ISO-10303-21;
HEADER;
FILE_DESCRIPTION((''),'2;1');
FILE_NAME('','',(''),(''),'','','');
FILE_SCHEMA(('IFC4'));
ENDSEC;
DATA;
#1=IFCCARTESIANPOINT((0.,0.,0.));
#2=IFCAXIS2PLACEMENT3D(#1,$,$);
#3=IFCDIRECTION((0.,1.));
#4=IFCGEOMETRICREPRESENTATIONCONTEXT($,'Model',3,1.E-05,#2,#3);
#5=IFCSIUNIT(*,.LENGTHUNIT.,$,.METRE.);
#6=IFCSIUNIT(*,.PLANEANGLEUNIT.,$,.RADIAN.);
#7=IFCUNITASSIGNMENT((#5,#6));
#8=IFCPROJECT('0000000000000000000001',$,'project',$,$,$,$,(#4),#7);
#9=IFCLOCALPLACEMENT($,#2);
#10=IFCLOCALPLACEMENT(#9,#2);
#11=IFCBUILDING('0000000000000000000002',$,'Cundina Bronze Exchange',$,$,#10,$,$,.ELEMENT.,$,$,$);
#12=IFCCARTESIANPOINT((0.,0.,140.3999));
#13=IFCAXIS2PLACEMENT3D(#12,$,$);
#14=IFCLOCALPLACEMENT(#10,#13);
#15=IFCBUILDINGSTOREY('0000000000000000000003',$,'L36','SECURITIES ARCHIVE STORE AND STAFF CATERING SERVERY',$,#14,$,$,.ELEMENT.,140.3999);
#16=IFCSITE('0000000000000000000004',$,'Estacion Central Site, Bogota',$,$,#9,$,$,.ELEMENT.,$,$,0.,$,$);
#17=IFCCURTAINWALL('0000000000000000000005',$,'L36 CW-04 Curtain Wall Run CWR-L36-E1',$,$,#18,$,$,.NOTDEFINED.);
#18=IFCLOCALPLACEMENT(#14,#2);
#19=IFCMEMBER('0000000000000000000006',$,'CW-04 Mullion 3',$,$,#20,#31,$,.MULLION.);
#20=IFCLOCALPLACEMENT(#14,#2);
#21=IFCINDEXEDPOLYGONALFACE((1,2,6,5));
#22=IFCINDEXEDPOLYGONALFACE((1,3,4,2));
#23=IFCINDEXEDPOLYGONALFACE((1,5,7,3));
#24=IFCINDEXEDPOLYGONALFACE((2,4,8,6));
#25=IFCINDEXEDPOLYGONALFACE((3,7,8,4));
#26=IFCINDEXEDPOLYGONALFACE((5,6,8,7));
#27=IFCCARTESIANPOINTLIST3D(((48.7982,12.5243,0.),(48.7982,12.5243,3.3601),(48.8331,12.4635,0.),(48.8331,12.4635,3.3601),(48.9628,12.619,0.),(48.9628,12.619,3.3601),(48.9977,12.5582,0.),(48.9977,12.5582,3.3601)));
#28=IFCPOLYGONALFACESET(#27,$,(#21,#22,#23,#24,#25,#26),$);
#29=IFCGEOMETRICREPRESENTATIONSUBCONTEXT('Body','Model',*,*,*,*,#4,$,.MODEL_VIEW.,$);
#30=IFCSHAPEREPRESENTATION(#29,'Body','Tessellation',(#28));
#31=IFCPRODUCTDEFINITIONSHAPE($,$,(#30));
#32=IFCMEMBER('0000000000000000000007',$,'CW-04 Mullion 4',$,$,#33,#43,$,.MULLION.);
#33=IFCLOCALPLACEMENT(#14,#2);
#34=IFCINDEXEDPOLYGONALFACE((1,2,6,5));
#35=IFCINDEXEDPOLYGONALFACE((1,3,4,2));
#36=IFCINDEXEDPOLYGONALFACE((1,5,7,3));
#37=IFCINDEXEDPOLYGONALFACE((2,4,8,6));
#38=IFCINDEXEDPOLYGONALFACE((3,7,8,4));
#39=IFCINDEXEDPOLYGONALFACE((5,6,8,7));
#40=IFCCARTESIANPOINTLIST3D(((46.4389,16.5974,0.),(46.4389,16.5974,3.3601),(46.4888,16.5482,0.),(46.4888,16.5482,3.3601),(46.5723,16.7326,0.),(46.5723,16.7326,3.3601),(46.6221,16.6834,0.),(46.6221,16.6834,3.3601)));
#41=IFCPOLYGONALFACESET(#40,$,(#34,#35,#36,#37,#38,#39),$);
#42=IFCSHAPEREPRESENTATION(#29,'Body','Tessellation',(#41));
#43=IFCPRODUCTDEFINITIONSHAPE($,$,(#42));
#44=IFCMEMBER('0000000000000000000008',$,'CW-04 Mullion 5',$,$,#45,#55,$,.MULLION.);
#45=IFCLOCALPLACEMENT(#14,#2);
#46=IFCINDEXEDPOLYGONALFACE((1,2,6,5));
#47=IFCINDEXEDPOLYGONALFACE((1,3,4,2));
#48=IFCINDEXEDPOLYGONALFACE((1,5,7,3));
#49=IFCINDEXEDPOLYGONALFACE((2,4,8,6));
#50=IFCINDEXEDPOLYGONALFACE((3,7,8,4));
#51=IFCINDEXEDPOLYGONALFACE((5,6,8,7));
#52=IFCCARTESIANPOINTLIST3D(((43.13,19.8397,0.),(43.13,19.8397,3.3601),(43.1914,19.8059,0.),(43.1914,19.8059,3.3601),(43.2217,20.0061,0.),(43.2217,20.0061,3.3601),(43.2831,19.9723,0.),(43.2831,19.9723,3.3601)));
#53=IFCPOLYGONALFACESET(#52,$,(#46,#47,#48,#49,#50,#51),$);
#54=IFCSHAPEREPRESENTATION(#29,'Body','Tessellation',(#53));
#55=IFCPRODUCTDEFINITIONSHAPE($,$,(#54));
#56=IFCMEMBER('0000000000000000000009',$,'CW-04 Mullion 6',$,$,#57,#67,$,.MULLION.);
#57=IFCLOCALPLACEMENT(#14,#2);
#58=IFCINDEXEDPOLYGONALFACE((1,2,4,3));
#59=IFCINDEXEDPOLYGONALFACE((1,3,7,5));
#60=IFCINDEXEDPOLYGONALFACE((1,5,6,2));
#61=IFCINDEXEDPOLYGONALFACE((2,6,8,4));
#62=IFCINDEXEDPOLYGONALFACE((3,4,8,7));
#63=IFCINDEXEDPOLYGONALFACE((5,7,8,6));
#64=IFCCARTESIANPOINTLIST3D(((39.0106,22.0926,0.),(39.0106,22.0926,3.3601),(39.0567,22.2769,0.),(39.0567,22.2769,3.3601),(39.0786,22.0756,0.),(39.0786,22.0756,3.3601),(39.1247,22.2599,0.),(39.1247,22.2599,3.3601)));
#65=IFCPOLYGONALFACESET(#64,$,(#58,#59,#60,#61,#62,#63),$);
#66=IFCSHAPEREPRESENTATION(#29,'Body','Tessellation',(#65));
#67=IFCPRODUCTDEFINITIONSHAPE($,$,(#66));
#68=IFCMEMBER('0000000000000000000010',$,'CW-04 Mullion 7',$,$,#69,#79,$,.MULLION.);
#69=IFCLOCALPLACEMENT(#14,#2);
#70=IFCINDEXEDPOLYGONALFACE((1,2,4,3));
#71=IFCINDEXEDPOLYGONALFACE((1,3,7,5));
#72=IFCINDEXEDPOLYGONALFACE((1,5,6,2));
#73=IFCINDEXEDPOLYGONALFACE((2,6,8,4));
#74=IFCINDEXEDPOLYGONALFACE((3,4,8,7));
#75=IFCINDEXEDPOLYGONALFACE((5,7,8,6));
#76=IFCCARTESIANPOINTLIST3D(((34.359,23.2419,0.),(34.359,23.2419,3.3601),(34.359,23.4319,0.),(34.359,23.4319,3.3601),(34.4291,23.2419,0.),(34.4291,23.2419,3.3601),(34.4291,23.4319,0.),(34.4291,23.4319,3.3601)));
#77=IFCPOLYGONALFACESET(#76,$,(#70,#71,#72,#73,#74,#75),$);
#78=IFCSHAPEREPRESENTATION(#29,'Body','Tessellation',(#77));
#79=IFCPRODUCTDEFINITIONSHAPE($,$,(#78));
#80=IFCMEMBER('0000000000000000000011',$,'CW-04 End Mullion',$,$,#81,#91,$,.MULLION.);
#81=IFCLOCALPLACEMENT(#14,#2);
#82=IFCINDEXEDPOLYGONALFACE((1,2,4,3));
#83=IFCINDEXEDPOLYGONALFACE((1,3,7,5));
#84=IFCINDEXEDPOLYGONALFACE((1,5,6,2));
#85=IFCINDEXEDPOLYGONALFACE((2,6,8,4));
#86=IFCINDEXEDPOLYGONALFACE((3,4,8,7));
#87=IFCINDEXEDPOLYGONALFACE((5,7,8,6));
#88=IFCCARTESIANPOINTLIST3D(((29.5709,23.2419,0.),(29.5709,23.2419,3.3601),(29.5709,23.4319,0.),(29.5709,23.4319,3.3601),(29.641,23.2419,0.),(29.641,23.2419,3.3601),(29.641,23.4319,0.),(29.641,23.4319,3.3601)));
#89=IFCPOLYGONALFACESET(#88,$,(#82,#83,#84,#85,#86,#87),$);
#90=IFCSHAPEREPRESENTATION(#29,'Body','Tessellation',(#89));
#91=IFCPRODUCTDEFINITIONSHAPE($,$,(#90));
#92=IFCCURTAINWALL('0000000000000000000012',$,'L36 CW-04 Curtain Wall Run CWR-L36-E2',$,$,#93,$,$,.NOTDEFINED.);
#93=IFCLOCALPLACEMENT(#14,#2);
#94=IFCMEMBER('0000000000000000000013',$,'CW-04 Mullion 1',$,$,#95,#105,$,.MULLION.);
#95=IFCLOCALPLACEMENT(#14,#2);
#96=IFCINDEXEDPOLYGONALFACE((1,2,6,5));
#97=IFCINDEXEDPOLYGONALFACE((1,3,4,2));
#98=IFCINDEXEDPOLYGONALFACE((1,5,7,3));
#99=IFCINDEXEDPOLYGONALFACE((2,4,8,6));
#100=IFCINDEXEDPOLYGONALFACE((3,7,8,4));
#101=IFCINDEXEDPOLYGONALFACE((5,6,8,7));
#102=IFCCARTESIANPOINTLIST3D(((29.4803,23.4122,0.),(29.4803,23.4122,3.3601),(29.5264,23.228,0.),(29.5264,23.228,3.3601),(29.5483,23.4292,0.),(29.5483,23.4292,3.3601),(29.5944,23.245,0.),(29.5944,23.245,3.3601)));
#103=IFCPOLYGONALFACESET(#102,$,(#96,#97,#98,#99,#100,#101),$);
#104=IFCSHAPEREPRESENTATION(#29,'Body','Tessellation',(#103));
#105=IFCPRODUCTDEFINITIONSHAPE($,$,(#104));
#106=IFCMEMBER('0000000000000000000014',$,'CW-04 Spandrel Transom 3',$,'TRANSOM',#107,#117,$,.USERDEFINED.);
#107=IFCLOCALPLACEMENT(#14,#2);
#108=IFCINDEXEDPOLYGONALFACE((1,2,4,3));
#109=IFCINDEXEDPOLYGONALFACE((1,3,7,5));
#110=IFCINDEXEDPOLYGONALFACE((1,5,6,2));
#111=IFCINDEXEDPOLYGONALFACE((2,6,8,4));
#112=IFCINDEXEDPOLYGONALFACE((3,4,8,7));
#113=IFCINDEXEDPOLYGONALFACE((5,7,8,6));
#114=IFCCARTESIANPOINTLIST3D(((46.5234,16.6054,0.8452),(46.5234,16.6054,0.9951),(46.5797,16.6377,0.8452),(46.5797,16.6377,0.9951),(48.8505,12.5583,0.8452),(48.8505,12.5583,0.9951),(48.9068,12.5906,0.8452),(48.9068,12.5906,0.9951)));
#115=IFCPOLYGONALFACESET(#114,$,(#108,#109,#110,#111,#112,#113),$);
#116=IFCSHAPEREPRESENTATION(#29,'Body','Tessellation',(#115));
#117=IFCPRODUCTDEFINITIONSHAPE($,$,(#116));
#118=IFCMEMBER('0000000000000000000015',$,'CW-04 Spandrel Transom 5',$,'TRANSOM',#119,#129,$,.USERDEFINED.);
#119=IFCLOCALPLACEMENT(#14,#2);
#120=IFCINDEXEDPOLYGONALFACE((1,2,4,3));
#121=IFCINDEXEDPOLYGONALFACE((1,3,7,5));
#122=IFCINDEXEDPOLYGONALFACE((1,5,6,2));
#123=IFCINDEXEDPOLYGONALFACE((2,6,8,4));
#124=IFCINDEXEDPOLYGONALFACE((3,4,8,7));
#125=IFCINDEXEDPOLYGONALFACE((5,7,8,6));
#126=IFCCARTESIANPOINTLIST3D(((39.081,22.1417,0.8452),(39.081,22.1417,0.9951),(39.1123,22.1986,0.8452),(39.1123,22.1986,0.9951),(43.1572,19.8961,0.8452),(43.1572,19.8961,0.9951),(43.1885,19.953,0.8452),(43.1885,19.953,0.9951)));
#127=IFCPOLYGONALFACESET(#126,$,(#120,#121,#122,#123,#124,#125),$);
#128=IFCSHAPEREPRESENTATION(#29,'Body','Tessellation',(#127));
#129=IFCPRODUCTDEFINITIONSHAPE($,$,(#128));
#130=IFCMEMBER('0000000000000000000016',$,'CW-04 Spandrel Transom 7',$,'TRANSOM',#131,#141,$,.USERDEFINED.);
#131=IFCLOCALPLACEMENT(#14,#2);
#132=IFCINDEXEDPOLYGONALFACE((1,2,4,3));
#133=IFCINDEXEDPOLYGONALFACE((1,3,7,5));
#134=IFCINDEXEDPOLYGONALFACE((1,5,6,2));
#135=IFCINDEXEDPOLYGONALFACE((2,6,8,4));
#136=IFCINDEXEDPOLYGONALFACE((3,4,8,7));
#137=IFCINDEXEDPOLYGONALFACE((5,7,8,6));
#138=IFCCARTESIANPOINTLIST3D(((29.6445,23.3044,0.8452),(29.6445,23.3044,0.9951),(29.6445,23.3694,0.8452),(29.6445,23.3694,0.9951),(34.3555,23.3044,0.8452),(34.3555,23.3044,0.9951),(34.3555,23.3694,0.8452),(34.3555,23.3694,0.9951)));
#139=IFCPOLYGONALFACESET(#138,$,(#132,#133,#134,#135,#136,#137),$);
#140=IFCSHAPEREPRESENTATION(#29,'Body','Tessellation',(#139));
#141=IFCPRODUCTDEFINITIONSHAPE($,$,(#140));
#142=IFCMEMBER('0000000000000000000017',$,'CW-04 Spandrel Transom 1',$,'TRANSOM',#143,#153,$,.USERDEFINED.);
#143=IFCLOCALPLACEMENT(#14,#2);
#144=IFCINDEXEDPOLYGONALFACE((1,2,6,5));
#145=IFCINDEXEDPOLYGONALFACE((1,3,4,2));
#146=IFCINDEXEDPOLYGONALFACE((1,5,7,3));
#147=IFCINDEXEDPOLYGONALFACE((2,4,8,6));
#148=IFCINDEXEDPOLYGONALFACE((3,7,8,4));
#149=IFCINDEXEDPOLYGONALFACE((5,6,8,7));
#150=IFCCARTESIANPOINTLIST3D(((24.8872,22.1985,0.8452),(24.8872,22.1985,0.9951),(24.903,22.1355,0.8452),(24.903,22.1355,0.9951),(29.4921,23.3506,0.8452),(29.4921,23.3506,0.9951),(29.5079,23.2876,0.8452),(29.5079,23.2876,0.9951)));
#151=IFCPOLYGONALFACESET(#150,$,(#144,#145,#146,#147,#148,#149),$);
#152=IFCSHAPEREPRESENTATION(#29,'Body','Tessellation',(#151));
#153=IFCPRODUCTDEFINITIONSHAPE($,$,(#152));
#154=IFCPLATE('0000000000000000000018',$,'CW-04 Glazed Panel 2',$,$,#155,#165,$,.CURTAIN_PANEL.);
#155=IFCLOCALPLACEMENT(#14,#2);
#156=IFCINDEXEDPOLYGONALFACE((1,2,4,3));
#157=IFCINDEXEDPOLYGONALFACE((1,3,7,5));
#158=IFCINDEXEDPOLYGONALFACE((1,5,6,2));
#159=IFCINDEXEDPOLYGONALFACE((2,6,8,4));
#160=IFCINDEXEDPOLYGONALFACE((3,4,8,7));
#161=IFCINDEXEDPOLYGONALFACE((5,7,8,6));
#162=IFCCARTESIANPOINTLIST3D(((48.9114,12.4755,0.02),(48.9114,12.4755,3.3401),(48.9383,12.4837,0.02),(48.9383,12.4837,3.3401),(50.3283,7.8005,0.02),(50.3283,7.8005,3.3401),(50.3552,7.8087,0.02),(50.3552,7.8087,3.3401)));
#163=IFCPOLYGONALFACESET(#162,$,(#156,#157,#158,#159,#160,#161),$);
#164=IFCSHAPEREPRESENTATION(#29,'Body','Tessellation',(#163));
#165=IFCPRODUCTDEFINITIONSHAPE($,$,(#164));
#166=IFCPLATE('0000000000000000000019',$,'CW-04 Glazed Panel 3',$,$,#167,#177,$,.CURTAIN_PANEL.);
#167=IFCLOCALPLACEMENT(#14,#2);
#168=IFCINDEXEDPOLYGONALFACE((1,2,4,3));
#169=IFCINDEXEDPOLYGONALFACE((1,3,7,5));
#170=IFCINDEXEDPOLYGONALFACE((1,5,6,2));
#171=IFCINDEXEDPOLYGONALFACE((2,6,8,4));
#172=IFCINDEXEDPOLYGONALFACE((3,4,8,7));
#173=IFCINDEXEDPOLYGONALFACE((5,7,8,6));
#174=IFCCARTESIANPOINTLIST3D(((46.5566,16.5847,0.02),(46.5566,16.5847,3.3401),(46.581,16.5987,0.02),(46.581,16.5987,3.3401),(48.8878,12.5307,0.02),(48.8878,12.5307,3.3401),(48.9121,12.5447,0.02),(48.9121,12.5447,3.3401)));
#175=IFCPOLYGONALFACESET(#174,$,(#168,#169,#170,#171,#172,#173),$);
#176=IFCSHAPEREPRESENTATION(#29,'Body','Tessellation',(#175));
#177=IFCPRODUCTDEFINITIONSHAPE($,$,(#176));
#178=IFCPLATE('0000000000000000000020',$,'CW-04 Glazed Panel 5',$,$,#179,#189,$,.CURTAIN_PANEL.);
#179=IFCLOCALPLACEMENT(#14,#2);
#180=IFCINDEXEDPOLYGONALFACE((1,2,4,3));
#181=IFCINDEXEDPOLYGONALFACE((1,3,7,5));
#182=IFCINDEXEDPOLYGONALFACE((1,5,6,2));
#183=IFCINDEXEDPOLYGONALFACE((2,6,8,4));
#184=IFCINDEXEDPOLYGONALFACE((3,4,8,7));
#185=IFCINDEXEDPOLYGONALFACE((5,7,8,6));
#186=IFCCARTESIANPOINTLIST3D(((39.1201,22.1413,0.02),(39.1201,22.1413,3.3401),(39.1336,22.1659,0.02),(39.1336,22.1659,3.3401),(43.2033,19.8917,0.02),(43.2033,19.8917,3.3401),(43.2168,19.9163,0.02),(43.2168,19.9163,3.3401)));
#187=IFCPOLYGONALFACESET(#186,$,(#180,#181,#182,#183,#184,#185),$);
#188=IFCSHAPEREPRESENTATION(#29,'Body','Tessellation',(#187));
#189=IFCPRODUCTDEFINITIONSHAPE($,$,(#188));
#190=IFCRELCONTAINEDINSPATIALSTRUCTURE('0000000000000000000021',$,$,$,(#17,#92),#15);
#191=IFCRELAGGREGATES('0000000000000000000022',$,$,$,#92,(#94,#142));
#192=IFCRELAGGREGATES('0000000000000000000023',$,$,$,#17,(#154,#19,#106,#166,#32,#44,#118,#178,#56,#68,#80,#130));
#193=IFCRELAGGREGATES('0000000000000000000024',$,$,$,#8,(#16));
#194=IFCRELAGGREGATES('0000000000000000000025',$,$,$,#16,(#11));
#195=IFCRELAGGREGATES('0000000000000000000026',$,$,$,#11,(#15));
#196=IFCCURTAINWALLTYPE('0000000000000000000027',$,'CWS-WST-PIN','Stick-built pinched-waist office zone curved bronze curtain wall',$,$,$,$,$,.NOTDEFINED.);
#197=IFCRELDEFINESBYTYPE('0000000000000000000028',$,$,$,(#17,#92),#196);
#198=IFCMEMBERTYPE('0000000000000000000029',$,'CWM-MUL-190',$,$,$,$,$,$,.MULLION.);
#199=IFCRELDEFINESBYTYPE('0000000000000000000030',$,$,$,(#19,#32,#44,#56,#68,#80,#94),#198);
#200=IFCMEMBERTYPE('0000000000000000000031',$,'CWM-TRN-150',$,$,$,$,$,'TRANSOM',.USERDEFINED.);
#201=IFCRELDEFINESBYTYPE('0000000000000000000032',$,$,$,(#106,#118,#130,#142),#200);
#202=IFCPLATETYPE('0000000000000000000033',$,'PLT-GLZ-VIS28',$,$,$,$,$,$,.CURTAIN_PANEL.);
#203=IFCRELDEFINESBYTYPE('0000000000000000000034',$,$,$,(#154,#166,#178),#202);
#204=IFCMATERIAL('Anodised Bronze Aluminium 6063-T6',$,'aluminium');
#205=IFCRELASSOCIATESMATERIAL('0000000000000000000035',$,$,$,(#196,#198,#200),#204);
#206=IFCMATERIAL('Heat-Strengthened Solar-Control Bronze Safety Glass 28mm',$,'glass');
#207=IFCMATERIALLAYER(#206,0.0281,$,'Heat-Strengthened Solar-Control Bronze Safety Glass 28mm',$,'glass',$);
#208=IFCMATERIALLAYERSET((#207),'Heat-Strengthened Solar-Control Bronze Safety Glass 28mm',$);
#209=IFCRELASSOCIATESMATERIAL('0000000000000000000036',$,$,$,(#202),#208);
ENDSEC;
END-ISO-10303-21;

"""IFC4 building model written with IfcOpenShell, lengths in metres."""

from ifc_helpers import new_model, si_unit, direction, frame, origin, origin_2d, place, context, subcontext, project, spatial, rectangle, extrude, material, layer, layer_set, material_profile, profile_set, type_object, element, aggregate, save


model = new_model("IFC4")

# Units and contexts
model_context = context("Model", 3, precision=1e-05, world=origin(), true_north=direction((0.0, 1.0)))
body_context = subcontext(model_context, "Body", "Model", "MODEL_VIEW")
ifc_project = project(units=[si_unit("LENGTHUNIT", "METRE"), si_unit("PLANEANGLEUNIT", "RADIAN")], contexts=[model_context])

# Site, building, storey
site_placement = place(None, origin())
site = spatial("IfcSite", under=ifc_project, at=site_placement, Name="Estacion Central Site, Bogota", CompositionType="ELEMENT", RefElevation=0.0)
building_placement = place(site_placement, origin())
building = spatial("IfcBuilding", under=site, at=building_placement, Name="Cundina Bronze Exchange", CompositionType="ELEMENT")
storey_placement = place(building_placement, frame((0.0, 0.0, 140.3999)))
storey = spatial("IfcBuildingStorey", under=building, at=storey_placement, Name="L36", Description="SECURITIES ARCHIVE STORE AND STAFF CATERING SERVERY", CompositionType="ELEMENT", Elevation=140.3999)

# Curtain wall, members
ifc_material_1 = material(Name="Anodised Bronze Aluminium 6063-T6", Category="aluminium")
curtain_wall_type = type_object("IfcCurtainWallType", Name="CWS-WST-PIN", Description="Stick-built pinched-waist office zone curved bronze curtain wall", PredefinedType="NOTDEFINED", material=ifc_material_1)
curtain_wall_1_placement = place(storey_placement, origin())
curtain_wall_1 = element("IfcCurtainWall", 1, at=curtain_wall_1_placement, inside=storey, type_object=curtain_wall_type, Name="L36 CW-04 Curtain Wall Run CWR-L36-E1", PredefinedType="NOTDEFINED")
ifc_material_profile_1 = material_profile(ifc_material_1, rectangle(XDim=0.0701, YDim=0.1899, at=origin_2d()), Name="AL70X190", Category="aluminium")
ifc_profile_set_1 = profile_set([ifc_material_profile_1], Name="Anodised Bronze Aluminium 6063-T6")
member_type_1 = type_object("IfcMemberType", Name="CWM-MUL-190", PredefinedType="MULLION", material=ifc_profile_set_1)
member_1_placement = place(storey_placement, frame((48.8979, 12.5413, 0.0), z_axis=(0.0, 0.0, 1.0), x_axis=(-0.498488, 0.866897, 0.0)))
member_1 = element("IfcMember", 2, at=member_1_placement, type_object=member_type_1, Name="CW-04 Mullion 3", PredefinedType="MULLION", context=body_context, shape_type="SweptSolid", body=[
    extrude(rectangle(XDim=0.0701, YDim=0.1899, at=origin_2d()), origin(), (0.0, 0.0, 1.0), 3.3601),
])
member_2_placement = place(storey_placement, frame((46.5305, 16.6404, 0.0), z_axis=(0.0, 0.0, 1.0), x_axis=(-0.712026, 0.702153, 0.0)))
member_2 = element("IfcMember", 3, at=member_2_placement, type_object=member_type_1, Name="CW-04 Mullion 4", PredefinedType="MULLION", context=body_context, shape_type="SweptSolid", body=[
    extrude(rectangle(XDim=0.0701, YDim=0.1899, at=origin_2d()), origin(), (0.0, 0.0, 1.0), 3.3601),
])
member_3_placement = place(storey_placement, frame((43.2065, 19.906, 0.0), z_axis=(0.0, 0.0, 1.0), x_axis=(-0.875886, 0.482518, 0.0)))
member_3 = element("IfcMember", 4, at=member_3_placement, type_object=member_type_1, Name="CW-04 Mullion 5", PredefinedType="MULLION", context=body_context, shape_type="SweptSolid", body=[
    extrude(rectangle(XDim=0.0701, YDim=0.1899, at=origin_2d()), origin(), (0.0, 0.0, 1.0), 3.3601),
])
member_4_placement = place(storey_placement, frame((39.0676, 22.1763, 0.0), z_axis=(0.0, 0.0, 1.0), x_axis=(-0.970084, 0.242769, 0.0)))
member_4 = element("IfcMember", 5, at=member_4_placement, type_object=member_type_1, Name="CW-04 Mullion 6", PredefinedType="MULLION", context=body_context, shape_type="SweptSolid", body=[
    extrude(rectangle(XDim=0.0701, YDim=0.1899, at=origin_2d()), origin(), (0.0, 0.0, 1.0), 3.3601),
])
member_5_placement = place(storey_placement, frame((34.394, 23.3369, 0.0), z_axis=(0.0, 0.0, 1.0), x_axis=(-1.0, 0.0, 0.0)))
member_5 = element("IfcMember", 6, at=member_5_placement, type_object=member_type_1, Name="CW-04 Mullion 7", PredefinedType="MULLION", context=body_context, shape_type="SweptSolid", body=[
    extrude(rectangle(XDim=0.0701, YDim=0.1899, at=origin_2d()), origin(), (0.0, 0.0, 1.0), 3.3601),
])
member_6_placement = place(storey_placement, frame((29.606, 23.3369, 0.0), z_axis=(0.0, 0.0, 1.0), x_axis=(-1.0, 0.0, 0.0)))
member_6 = element("IfcMember", 7, at=member_6_placement, type_object=member_type_1, Name="CW-04 End Mullion", PredefinedType="MULLION", context=body_context, shape_type="SweptSolid", body=[
    extrude(rectangle(XDim=0.0701, YDim=0.1899, at=origin_2d()), origin(), (0.0, 0.0, 1.0), 3.3601),
])

# Curtain wall, member
curtain_wall_2_placement = place(storey_placement, origin())
curtain_wall_2 = element("IfcCurtainWall", 8, at=curtain_wall_2_placement, inside=storey, type_object=curtain_wall_type, Name="L36 CW-04 Curtain Wall Run CWR-L36-E2", PredefinedType="NOTDEFINED")
member_7_placement = place(storey_placement, frame((29.5374, 23.3286, 0.0), z_axis=(0.0, 0.0, 1.0), x_axis=(-0.970084, -0.242769, 0.0)))
member_7 = element("IfcMember", 9, at=member_7_placement, type_object=member_type_1, Name="CW-04 Mullion 1", PredefinedType="MULLION", context=body_context, shape_type="SweptSolid", body=[
    extrude(rectangle(XDim=0.0701, YDim=0.1899, at=origin_2d()), origin(), (0.0, 0.0, 1.0), 3.3601),
])

# Members
ifc_material_profile_2 = material_profile(ifc_material_1, rectangle(XDim=0.0649, YDim=0.1499, at=origin_2d()), Name="AL65X150", Category="aluminium")
ifc_profile_set_2 = profile_set([ifc_material_profile_2], Name="Anodised Bronze Aluminium 6063-T6")
member_type_2 = type_object("IfcMemberType", Name="CWM-TRN-150", ElementType="TRANSOM", PredefinedType="USERDEFINED", material=ifc_profile_set_2)
member_8_placement = place(storey_placement, frame((48.8787, 12.5745, 0.9202), z_axis=(-0.49848, 0.866901, 0.0), x_axis=(-0.866901, -0.49848, 0.0)))
member_8 = element("IfcMember", 10, at=member_8_placement, type_object=member_type_2, Name="CW-04 Spandrel Transom 3", ObjectType="TRANSOM", PredefinedType="USERDEFINED", context=body_context, shape_type="SweptSolid", body=[
    extrude(rectangle(XDim=0.0649, YDim=0.1499, at=origin_2d()), origin(), (0.0, 0.0, 1.0), 4.6685),
])
member_9_placement = place(storey_placement, frame((43.1729, 19.9246, 0.9202), z_axis=(-0.875879, 0.482531, 0.0), x_axis=(-0.482531, -0.875879, 0.0)))
member_9 = element("IfcMember", 11, at=member_9_placement, type_object=member_type_2, Name="CW-04 Spandrel Transom 5", ObjectType="TRANSOM", PredefinedType="USERDEFINED", context=body_context, shape_type="SweptSolid", body=[
    extrude(rectangle(XDim=0.0649, YDim=0.1499, at=origin_2d()), origin(), (0.0, 0.0, 1.0), 4.6538),
])
member_10_placement = place(storey_placement, frame((34.3555, 23.3369, 0.9202), z_axis=(-1.0, 0.0, 0.0), x_axis=(0.0, -1.0, 0.0)))
member_10 = element("IfcMember", 12, at=member_10_placement, type_object=member_type_2, Name="CW-04 Spandrel Transom 7", ObjectType="TRANSOM", PredefinedType="USERDEFINED", context=body_context, shape_type="SweptSolid", body=[
    extrude(rectangle(XDim=0.0649, YDim=0.1499, at=origin_2d()), origin(), (0.0, 0.0, 1.0), 4.7109),
])
member_11_placement = place(storey_placement, frame((29.5, 23.3191, 0.9202), z_axis=(-0.9701, -0.242705, 0.0), x_axis=(0.242705, -0.9701, 0.0)))
member_11 = element("IfcMember", 13, at=member_11_placement, type_object=member_type_2, Name="CW-04 Spandrel Transom 1", ObjectType="TRANSOM", PredefinedType="USERDEFINED", context=body_context, shape_type="SweptSolid", body=[
    extrude(rectangle(XDim=0.0649, YDim=0.1499, at=origin_2d()), origin(), (0.0, 0.0, 1.0), 4.7468),
])
aggregate(curtain_wall_2, [member_7, member_11])

# Plates
ifc_material_2 = material(Name="Heat-Strengthened Solar-Control Bronze Safety Glass 28mm", Category="glass")
ifc_layer_1 = layer(ifc_material_2, 0.0281, Name="Heat-Strengthened Solar-Control Bronze Safety Glass 28mm", Category="glass")
ifc_layer_set_1 = layer_set([ifc_layer_1], Name="Heat-Strengthened Solar-Control Bronze Safety Glass 28mm")
plate_type_1 = type_object("IfcPlateType", Name="PLT-GLZ-VIS28", PredefinedType="CURTAIN_PANEL", material=ifc_layer_set_1)
plate_1_placement = place(storey_placement, frame((49.6333, 10.1421, 0.02), z_axis=(0.0, 0.0, 1.0), x_axis=(-0.290051, 0.957011, 0.0)))
plate_1 = element("IfcPlate", 14, at=plate_1_placement, type_object=plate_type_1, Name="CW-04 Glazed Panel 2", PredefinedType="CURTAIN_PANEL", context=body_context, shape_type="SweptSolid", body=[
    extrude(rectangle(XDim=4.885, YDim=0.0281, at=origin_2d()), origin(), (0.0, 0.0, 1.0), 3.3201),
])
plate_2_placement = place(storey_placement, frame((47.7344, 14.5647, 0.02), z_axis=(0.0, 0.0, 1.0), x_axis=(-0.498488, 0.866897, 0.0)))
plate_2 = element("IfcPlate", 15, at=plate_2_placement, type_object=plate_type_1, Name="CW-04 Glazed Panel 3", PredefinedType="CURTAIN_PANEL", context=body_context, shape_type="SweptSolid", body=[
    extrude(rectangle(XDim=4.6765, YDim=0.0281, at=origin_2d()), origin(), (0.0, 0.0, 1.0), 3.3201),
])
plate_3_placement = place(storey_placement, frame((41.1685, 21.0288, 0.02), z_axis=(0.0, 0.0, 1.0), x_axis=(-0.875869, 0.482549, 0.0)))
plate_3 = element("IfcPlate", 16, at=plate_3_placement, type_object=plate_type_1, Name="CW-04 Glazed Panel 5", PredefinedType="CURTAIN_PANEL", context=body_context, shape_type="SweptSolid", body=[
    extrude(rectangle(XDim=4.6619, YDim=0.0281, at=origin_2d()), origin(), (0.0, 0.0, 1.0), 3.3201),
])
aggregate(curtain_wall_1, [plate_1, member_1, member_8, plate_2, member_2, member_3, member_9, plate_3, member_4, member_5, member_6, member_10])

save(model, "model.ifc")
